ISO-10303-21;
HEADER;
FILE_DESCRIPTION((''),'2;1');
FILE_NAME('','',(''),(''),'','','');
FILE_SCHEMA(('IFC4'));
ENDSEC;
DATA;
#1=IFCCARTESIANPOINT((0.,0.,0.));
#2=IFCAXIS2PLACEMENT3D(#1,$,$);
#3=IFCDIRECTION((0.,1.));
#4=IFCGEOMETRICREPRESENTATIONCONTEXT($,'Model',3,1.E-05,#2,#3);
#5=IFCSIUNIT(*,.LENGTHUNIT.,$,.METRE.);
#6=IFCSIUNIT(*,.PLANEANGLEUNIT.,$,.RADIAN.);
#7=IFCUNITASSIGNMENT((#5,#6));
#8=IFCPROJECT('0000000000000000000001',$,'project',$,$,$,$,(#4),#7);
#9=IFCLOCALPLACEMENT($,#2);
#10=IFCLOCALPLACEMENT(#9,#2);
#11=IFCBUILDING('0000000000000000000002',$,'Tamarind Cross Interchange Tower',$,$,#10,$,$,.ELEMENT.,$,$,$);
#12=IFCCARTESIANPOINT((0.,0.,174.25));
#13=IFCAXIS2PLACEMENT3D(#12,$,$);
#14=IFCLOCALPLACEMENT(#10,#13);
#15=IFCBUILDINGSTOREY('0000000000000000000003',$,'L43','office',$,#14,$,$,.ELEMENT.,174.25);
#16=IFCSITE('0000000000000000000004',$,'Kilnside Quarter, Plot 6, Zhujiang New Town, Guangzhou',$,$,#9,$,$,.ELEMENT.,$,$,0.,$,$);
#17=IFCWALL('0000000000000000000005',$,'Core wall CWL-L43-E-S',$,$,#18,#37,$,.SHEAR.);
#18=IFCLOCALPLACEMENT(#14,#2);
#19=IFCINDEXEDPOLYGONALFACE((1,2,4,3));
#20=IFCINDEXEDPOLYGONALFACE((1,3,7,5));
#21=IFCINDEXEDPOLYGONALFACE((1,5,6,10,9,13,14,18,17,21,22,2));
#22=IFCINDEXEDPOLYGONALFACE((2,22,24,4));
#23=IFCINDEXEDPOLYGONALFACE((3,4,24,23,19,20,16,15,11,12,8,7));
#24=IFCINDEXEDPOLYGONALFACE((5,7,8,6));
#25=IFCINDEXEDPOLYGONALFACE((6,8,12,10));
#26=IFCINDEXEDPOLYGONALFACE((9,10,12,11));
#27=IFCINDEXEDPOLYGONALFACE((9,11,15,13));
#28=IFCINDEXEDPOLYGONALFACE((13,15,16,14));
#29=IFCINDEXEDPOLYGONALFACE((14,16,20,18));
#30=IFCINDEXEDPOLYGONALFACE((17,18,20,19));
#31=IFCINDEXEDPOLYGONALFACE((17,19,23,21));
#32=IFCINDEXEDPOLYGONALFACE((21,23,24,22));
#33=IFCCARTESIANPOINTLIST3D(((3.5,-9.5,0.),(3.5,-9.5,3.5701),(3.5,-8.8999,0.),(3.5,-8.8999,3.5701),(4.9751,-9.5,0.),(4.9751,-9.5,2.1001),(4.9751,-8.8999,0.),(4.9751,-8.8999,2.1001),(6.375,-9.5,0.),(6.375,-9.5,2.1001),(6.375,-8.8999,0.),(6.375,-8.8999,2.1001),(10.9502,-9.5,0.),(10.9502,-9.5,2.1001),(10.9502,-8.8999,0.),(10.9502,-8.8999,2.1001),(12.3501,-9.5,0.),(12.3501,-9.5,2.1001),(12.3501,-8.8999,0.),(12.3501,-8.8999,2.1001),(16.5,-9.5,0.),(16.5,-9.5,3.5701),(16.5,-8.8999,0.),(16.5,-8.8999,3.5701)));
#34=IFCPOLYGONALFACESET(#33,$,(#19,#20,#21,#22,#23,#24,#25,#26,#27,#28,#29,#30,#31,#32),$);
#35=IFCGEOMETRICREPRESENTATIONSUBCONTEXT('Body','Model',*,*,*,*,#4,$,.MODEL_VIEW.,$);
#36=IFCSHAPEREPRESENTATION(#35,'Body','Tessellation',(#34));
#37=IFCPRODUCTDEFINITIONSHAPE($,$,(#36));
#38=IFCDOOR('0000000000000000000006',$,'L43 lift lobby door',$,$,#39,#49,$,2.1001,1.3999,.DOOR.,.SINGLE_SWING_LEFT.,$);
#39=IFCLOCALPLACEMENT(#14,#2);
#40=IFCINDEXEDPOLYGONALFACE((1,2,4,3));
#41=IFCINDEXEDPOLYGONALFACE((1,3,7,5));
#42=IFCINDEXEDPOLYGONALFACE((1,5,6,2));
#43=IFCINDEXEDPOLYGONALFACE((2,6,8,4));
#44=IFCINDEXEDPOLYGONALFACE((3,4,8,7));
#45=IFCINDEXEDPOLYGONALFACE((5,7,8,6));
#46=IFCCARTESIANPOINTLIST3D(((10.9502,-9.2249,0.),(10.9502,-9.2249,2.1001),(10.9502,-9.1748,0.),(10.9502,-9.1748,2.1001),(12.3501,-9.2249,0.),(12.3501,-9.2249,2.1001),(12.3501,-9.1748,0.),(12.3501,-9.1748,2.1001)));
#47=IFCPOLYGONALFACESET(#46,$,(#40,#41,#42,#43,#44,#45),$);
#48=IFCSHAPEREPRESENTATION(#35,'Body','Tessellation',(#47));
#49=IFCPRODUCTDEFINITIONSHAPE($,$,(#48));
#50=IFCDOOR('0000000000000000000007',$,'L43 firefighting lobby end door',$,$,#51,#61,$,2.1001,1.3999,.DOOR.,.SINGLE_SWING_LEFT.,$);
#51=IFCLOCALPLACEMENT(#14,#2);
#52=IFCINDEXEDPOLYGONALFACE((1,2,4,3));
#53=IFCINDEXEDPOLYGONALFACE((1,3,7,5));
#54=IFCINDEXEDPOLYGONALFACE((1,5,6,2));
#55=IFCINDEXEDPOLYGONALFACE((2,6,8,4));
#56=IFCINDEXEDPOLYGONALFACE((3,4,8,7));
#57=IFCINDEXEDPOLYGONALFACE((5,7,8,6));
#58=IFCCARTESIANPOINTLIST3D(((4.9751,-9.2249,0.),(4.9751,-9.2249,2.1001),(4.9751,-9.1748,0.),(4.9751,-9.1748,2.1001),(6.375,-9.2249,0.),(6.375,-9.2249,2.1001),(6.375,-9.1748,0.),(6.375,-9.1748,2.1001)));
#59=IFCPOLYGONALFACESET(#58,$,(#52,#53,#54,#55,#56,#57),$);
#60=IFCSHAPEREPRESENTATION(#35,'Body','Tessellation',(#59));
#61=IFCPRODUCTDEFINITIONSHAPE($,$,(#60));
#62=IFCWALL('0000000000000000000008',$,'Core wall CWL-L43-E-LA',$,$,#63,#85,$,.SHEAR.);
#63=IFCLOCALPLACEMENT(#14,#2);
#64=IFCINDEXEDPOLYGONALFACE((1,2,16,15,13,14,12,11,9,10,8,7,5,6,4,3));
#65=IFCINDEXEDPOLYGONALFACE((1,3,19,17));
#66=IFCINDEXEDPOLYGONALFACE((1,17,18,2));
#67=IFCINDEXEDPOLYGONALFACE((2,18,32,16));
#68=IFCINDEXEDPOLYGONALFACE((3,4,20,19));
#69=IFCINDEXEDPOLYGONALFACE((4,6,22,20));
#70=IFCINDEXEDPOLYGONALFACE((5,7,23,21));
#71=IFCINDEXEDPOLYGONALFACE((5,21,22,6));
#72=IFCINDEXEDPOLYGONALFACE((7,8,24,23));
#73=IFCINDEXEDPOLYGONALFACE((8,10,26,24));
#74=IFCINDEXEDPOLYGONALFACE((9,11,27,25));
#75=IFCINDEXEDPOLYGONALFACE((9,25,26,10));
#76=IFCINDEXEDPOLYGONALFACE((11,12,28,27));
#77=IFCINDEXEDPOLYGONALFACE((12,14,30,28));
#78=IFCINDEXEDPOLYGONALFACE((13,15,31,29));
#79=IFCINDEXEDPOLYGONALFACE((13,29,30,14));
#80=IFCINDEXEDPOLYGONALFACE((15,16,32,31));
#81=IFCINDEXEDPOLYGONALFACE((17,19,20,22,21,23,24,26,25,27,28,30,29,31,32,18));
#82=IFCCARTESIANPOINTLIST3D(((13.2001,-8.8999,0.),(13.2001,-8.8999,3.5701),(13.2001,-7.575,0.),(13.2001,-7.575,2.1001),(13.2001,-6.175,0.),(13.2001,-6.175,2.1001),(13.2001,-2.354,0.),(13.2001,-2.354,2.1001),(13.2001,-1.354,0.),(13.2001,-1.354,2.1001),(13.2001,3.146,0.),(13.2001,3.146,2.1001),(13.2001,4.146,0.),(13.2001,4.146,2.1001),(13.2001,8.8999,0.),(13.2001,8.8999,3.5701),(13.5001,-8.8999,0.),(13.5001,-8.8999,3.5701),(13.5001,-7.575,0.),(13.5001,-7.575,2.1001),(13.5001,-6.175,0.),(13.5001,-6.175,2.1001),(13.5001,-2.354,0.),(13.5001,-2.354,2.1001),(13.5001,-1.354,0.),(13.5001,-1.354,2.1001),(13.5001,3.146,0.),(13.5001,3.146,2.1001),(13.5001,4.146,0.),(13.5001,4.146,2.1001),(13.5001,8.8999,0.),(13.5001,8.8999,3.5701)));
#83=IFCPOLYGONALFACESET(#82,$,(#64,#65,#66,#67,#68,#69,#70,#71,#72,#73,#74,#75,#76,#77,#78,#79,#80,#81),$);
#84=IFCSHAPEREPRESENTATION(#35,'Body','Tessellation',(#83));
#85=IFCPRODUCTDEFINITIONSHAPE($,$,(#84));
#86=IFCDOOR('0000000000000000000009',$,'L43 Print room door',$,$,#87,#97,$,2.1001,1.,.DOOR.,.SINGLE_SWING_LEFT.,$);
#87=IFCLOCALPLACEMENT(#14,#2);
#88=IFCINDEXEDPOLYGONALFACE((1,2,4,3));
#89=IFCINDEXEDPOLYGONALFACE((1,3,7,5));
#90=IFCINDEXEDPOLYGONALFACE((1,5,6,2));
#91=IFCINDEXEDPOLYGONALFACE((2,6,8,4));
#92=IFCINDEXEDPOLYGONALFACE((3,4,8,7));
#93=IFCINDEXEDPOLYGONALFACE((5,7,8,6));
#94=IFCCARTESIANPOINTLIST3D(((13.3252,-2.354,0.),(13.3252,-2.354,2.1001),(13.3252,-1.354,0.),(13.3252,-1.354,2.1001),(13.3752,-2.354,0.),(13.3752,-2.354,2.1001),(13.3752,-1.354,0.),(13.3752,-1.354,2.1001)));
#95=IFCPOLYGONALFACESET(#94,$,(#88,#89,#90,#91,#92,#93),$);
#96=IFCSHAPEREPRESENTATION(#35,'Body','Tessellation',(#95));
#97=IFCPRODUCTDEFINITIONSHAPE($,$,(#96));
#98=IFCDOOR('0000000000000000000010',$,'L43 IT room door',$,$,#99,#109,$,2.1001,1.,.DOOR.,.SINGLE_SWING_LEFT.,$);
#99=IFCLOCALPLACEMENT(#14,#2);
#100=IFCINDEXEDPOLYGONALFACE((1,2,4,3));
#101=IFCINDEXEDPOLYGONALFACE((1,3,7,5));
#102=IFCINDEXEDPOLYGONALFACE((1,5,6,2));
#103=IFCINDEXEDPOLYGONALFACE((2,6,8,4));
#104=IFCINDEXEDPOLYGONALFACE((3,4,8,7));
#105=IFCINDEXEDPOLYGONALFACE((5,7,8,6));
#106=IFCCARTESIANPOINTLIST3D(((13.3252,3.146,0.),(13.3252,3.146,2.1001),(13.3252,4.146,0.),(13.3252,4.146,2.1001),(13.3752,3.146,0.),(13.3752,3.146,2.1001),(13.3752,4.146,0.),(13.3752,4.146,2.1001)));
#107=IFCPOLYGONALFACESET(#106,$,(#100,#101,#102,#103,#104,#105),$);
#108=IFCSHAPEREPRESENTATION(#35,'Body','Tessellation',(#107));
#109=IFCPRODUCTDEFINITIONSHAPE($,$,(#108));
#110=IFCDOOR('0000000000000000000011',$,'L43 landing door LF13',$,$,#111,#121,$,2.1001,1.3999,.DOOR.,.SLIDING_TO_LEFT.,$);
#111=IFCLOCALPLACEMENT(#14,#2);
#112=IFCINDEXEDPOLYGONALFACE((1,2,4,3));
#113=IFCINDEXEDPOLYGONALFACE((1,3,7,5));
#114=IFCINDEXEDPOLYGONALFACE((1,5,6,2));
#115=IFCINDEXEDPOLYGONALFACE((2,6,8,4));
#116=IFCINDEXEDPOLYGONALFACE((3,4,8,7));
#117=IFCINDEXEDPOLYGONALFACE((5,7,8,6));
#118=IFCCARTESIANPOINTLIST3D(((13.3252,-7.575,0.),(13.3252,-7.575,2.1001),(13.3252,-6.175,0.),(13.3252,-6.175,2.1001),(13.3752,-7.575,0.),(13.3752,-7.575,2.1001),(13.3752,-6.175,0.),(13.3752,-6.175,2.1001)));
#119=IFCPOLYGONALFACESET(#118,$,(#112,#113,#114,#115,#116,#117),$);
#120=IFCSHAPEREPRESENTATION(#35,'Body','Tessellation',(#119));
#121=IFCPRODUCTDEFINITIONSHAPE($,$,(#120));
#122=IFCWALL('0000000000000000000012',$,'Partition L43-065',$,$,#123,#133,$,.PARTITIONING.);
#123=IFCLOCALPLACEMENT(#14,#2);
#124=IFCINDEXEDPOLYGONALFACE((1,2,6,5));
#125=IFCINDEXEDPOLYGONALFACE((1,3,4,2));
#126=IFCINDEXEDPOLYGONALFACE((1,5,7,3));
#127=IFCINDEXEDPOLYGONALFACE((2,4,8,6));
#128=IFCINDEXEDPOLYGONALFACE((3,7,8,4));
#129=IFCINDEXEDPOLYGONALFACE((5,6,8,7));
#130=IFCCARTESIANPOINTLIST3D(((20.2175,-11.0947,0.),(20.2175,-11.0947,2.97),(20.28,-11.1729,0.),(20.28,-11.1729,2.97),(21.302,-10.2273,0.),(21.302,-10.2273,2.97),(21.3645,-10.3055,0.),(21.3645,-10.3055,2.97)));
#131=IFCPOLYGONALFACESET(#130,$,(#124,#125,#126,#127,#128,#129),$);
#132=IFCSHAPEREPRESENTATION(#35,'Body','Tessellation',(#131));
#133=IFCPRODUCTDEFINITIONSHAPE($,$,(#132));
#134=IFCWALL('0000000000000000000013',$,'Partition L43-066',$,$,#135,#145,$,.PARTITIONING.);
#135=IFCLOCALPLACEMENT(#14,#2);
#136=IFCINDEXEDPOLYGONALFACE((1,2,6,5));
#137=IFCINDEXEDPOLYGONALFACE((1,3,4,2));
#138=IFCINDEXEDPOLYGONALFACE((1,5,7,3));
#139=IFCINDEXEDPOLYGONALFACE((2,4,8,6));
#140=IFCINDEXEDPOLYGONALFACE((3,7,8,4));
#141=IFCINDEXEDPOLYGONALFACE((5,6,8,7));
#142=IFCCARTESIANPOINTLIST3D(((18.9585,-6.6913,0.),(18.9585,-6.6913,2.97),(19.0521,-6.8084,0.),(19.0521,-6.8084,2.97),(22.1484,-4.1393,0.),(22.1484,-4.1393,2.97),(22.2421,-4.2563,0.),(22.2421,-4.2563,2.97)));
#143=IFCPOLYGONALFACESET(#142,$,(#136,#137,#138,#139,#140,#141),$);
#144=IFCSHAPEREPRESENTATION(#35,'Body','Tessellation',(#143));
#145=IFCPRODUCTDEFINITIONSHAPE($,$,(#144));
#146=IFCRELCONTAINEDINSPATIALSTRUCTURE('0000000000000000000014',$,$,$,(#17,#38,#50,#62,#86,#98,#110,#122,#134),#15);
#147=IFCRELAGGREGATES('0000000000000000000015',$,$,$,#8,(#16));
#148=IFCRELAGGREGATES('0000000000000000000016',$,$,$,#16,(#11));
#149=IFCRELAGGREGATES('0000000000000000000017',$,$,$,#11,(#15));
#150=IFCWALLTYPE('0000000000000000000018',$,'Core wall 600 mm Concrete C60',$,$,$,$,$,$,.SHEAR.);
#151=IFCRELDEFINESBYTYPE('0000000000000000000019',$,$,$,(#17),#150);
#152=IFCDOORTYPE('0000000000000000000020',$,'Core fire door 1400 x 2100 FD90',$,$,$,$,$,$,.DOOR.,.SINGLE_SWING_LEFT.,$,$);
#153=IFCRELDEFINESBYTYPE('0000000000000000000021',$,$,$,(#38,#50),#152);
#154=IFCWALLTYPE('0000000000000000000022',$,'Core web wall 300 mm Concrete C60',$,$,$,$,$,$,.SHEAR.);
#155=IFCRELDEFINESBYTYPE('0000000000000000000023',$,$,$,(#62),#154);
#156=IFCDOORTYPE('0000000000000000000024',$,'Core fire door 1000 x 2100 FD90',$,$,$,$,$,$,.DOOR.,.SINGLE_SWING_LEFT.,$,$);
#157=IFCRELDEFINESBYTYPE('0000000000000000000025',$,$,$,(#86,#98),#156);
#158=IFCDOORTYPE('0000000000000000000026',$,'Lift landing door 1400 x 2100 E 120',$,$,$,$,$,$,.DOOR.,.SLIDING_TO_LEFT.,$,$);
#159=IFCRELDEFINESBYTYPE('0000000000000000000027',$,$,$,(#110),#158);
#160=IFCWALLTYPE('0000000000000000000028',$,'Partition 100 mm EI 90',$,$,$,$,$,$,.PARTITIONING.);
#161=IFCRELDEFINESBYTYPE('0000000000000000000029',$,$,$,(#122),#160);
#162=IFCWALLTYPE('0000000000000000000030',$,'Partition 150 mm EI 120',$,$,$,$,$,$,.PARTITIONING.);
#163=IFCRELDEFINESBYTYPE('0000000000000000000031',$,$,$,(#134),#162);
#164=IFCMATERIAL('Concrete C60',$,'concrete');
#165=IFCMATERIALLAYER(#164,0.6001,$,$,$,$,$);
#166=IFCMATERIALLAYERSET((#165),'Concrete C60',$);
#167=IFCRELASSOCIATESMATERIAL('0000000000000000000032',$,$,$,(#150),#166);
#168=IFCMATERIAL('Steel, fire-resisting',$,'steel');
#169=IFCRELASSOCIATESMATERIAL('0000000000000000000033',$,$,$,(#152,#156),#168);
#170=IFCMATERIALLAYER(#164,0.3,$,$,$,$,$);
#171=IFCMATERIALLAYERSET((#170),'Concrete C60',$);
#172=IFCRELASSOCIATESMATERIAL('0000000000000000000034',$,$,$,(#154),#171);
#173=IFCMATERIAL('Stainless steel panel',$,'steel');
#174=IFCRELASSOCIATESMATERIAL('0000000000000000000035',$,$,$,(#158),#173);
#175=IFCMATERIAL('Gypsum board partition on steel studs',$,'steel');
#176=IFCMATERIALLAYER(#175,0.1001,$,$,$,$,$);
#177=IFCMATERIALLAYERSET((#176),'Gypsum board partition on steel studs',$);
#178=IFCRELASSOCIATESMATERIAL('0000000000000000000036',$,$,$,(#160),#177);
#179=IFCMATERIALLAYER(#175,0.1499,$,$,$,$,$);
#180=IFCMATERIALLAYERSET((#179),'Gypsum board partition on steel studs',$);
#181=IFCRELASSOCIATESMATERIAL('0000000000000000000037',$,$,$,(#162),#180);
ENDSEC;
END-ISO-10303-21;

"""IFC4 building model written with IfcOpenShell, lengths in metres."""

from ifc_helpers import new_model, si_unit, direction, frame, frame_2d, origin, place, context, subcontext, project, spatial, rectangle, extrude, material, layer, layer_set, type_object, element, fill, save


model = new_model("IFC4")

# Units and contexts
model_context = context("Model", 3, precision=1e-05, world=origin(), true_north=direction((0.0, 1.0)))
body_context = subcontext(model_context, "Body", "Model", "MODEL_VIEW")
ifc_project = project(units=[si_unit("LENGTHUNIT", "METRE"), si_unit("PLANEANGLEUNIT", "RADIAN")], contexts=[model_context])

# Site, building, storey
site_placement = place(None, origin())
site = spatial("IfcSite", under=ifc_project, at=site_placement, Name="Kilnside Quarter, Plot 6, Zhujiang New Town, Guangzhou", CompositionType="ELEMENT", RefElevation=0.0)
building_placement = place(site_placement, origin())
building = spatial("IfcBuilding", under=site, at=building_placement, Name="Tamarind Cross Interchange Tower", CompositionType="ELEMENT")
storey_placement = place(building_placement, frame((0.0, 0.0, 174.25)))
storey = spatial("IfcBuildingStorey", under=building, at=storey_placement, Name="L43", Description="office", CompositionType="ELEMENT", Elevation=174.25)

# Shared definitions
ifc_material_1 = material(Name="Concrete C60", Category="concrete")

# Walls, openings, doors
ifc_layer_1 = layer(ifc_material_1, 0.6001)
ifc_layer_set_1 = layer_set([ifc_layer_1], Name="Concrete C60")
wall_type_1 = type_object("IfcWallType", Name="Core wall 600 mm Concrete C60", PredefinedType="SHEAR", material=ifc_layer_set_1)
wall_1_placement = place(storey_placement, frame((16.5, -9.2, 0.0), z_axis=(0.0, 0.0, 1.0), x_axis=(-1.0, 0.0, 0.0)))
wall_1 = element("IfcWall", 1, at=wall_1_placement, inside=storey, type_object=wall_type_1, Name="Core wall CWL-L43-E-S", PredefinedType="SHEAR", context=body_context, shape_type="SweptSolid", body=[
    extrude(rectangle(XDim=13.0, YDim=0.6001, at=frame_2d((6.5, 0.0))), origin(), (0.0, 0.0, 1.0), 3.5701),
])
opening_1_placement = place(wall_1_placement, frame((4.1499, 0.0, 0.0)))
opening_1 = element("IfcOpeningElement", 2, at=opening_1_placement, cuts=wall_1, PredefinedType="OPENING", context=body_context, shape_type="SweptSolid", body=[
    extrude(rectangle(XDim=1.3999, YDim=2.1001, at=frame_2d((0.7, 1.05))), frame((0.0, 0.3101, 0.0), z_axis=(0.0, -1.0, 0.0), x_axis=(1.0, 0.0, 0.0)), (0.0, 0.0, 1.0), 0.6201),
])
opening_2_placement = place(wall_1_placement, frame((10.125, 0.0, 0.0)))
opening_2 = element("IfcOpeningElement", 3, at=opening_2_placement, cuts=wall_1, PredefinedType="OPENING", context=body_context, shape_type="SweptSolid", body=[
    extrude(rectangle(XDim=1.3999, YDim=2.1001, at=frame_2d((0.7, 1.05))), frame((0.0, 0.3101, 0.0), z_axis=(0.0, -1.0, 0.0), x_axis=(1.0, 0.0, 0.0)), (0.0, 0.0, 1.0), 0.6201),
])
ifc_material_2 = material(Name="Steel, fire-resisting", Category="steel")
door_type_1 = type_object("IfcDoorType", Name="Core fire door 1400 x 2100 FD90", OperationType="SINGLE_SWING_LEFT", PredefinedType="DOOR", material=ifc_material_2)
door_1_placement = place(opening_1_placement, origin())
door_1 = element("IfcDoor", 4, at=door_1_placement, inside=storey, type_object=door_type_1, Name="L43 lift lobby door", OperationType="SINGLE_SWING_LEFT", OverallHeight=2.1001, OverallWidth=1.3999, PredefinedType="DOOR", context=body_context, shape_type="SweptSolid", body=[
    extrude(rectangle(XDim=1.3999, YDim=2.1001, at=frame_2d((0.7, 1.05))), frame((0.0, 0.0249, 0.0), z_axis=(0.0, -1.0, 0.0), x_axis=(1.0, 0.0, 0.0)), (0.0, 0.0, 1.0), 0.05),
])
fill(opening_1, door_1)
door_2_placement = place(opening_2_placement, origin())
door_2 = element("IfcDoor", 5, at=door_2_placement, inside=storey, type_object=door_type_1, Name="L43 firefighting lobby end door", OperationType="SINGLE_SWING_LEFT", OverallHeight=2.1001, OverallWidth=1.3999, PredefinedType="DOOR", context=body_context, shape_type="SweptSolid", body=[
    extrude(rectangle(XDim=1.3999, YDim=2.1001, at=frame_2d((0.7, 1.05))), frame((0.0, 0.0249, 0.0), z_axis=(0.0, -1.0, 0.0), x_axis=(1.0, 0.0, 0.0)), (0.0, 0.0, 1.0), 0.05),
])
fill(opening_2, door_2)
ifc_layer_2 = layer(ifc_material_1, 0.3)
ifc_layer_set_2 = layer_set([ifc_layer_2], Name="Concrete C60")
wall_type_2 = type_object("IfcWallType", Name="Core web wall 300 mm Concrete C60", PredefinedType="SHEAR", material=ifc_layer_set_2)
wall_2_placement = place(storey_placement, frame((13.3501, -8.8999, 0.0), z_axis=(0.0, 0.0, 1.0), x_axis=(0.0, 1.0, 0.0)))
wall_2 = element("IfcWall", 6, at=wall_2_placement, inside=storey, type_object=wall_type_2, Name="Core wall CWL-L43-E-LA", PredefinedType="SHEAR", context=body_context, shape_type="SweptSolid", body=[
    extrude(rectangle(XDim=17.7998, YDim=0.3, at=frame_2d((8.8999, 0.0))), origin(), (0.0, 0.0, 1.0), 3.5701),
])
opening_3_placement = place(wall_2_placement, frame((1.325, 0.0, 0.0)))
opening_3 = element("IfcOpeningElement", 7, at=opening_3_placement, cuts=wall_2, PredefinedType="OPENING", context=body_context, shape_type="SweptSolid", body=[
    extrude(rectangle(XDim=1.3999, YDim=2.1001, at=frame_2d((0.7, 1.05))), frame((0.0, 0.1599, 0.0), z_axis=(0.0, -1.0, 0.0), x_axis=(1.0, 0.0, 0.0)), (0.0, 0.0, 1.0), 0.3201),
])
opening_4_placement = place(wall_2_placement, frame((6.5459, 0.0, 0.0)))
opening_4 = element("IfcOpeningElement", 8, at=opening_4_placement, cuts=wall_2, PredefinedType="OPENING", context=body_context, shape_type="SweptSolid", body=[
    extrude(rectangle(XDim=1.0, YDim=2.1001, at=frame_2d((0.5, 1.05))), frame((0.0, 0.1599, 0.0), z_axis=(0.0, -1.0, 0.0), x_axis=(1.0, 0.0, 0.0)), (0.0, 0.0, 1.0), 0.3201),
])
opening_5_placement = place(wall_2_placement, frame((12.0459, 0.0, 0.0)))
opening_5 = element("IfcOpeningElement", 9, at=opening_5_placement, cuts=wall_2, PredefinedType="OPENING", context=body_context, shape_type="SweptSolid", body=[
    extrude(rectangle(XDim=1.0, YDim=2.1001, at=frame_2d((0.5, 1.05))), frame((0.0, 0.1599, 0.0), z_axis=(0.0, -1.0, 0.0), x_axis=(1.0, 0.0, 0.0)), (0.0, 0.0, 1.0), 0.3201),
])
door_type_2 = type_object("IfcDoorType", Name="Core fire door 1000 x 2100 FD90", OperationType="SINGLE_SWING_LEFT", PredefinedType="DOOR", material=ifc_material_2)
door_3_placement = place(opening_4_placement, origin())
door_3 = element("IfcDoor", 10, at=door_3_placement, inside=storey, type_object=door_type_2, Name="L43 Print room door", OperationType="SINGLE_SWING_LEFT", OverallHeight=2.1001, OverallWidth=1.0, PredefinedType="DOOR", context=body_context, shape_type="SweptSolid", body=[
    extrude(rectangle(XDim=1.0, YDim=2.1001, at=frame_2d((0.5, 1.05))), frame((0.0, 0.0249, 0.0), z_axis=(0.0, -1.0, 0.0), x_axis=(1.0, 0.0, 0.0)), (0.0, 0.0, 1.0), 0.05),
])
fill(opening_4, door_3)
door_4_placement = place(opening_5_placement, origin())
door_4 = element("IfcDoor", 11, at=door_4_placement, inside=storey, type_object=door_type_2, Name="L43 IT room door", OperationType="SINGLE_SWING_LEFT", OverallHeight=2.1001, OverallWidth=1.0, PredefinedType="DOOR", context=body_context, shape_type="SweptSolid", body=[
    extrude(rectangle(XDim=1.0, YDim=2.1001, at=frame_2d((0.5, 1.05))), frame((0.0, 0.0249, 0.0), z_axis=(0.0, -1.0, 0.0), x_axis=(1.0, 0.0, 0.0)), (0.0, 0.0, 1.0), 0.05),
])
fill(opening_5, door_4)
ifc_material_3 = material(Name="Stainless steel panel", Category="steel")
door_type_3 = type_object("IfcDoorType", Name="Lift landing door 1400 x 2100 E 120", OperationType="SLIDING_TO_LEFT", PredefinedType="DOOR", material=ifc_material_3)
door_5_placement = place(opening_3_placement, origin())
door_5 = element("IfcDoor", 12, at=door_5_placement, inside=storey, type_object=door_type_3, Name="L43 landing door LF13", OperationType="SLIDING_TO_LEFT", OverallHeight=2.1001, OverallWidth=1.3999, PredefinedType="DOOR", context=body_context, shape_type="SweptSolid", body=[
    extrude(rectangle(XDim=1.3999, YDim=2.1001, at=frame_2d((0.7, 1.05))), frame((0.0, 0.0249, 0.0), z_axis=(0.0, -1.0, 0.0), x_axis=(1.0, 0.0, 0.0)), (0.0, 0.0, 1.0), 0.05),
])
fill(opening_3, door_5)

# Walls
ifc_material_4 = material(Name="Gypsum board partition on steel studs", Category="steel")
ifc_layer_3 = layer(ifc_material_4, 0.1001)
ifc_layer_set_3 = layer_set([ifc_layer_3], Name="Gypsum board partition on steel studs")
wall_type_3 = type_object("IfcWallType", Name="Partition 100 mm EI 90", PredefinedType="PARTITIONING", material=ifc_layer_set_3)
wall_3_placement = place(storey_placement, frame((20.2488, -11.1338, 0.0), z_axis=(0.0, 0.0, 1.0), x_axis=(0.78092, 0.624631, 0.0)))
element("IfcWall", 13, at=wall_3_placement, inside=storey, type_object=wall_type_3, Name="Partition L43-065", PredefinedType="PARTITIONING", context=body_context, shape_type="SweptSolid", body=[
    extrude(rectangle(XDim=1.3887, YDim=0.1001, at=frame_2d((0.6943, 0.0))), origin(), (0.0, 0.0, 1.0), 2.97),
])
ifc_layer_4 = layer(ifc_material_4, 0.1499)
ifc_layer_set_4 = layer_set([ifc_layer_4], Name="Gypsum board partition on steel studs")
wall_type_4 = type_object("IfcWallType", Name="Partition 150 mm EI 120", PredefinedType="PARTITIONING", material=ifc_layer_set_4)
wall_4_placement = place(storey_placement, frame((19.0054, -6.7498, 0.0), z_axis=(0.0, 0.0, 1.0), x_axis=(0.780863, 0.624702, 0.0)))
element("IfcWall", 14, at=wall_4_placement, inside=storey, type_object=wall_type_4, Name="Partition L43-066", PredefinedType="PARTITIONING", context=body_context, shape_type="SweptSolid", body=[
    extrude(rectangle(XDim=4.0852, YDim=0.1499, at=frame_2d((2.0425, 0.0))), origin(), (0.0, 0.0, 1.0), 2.97),
])

save(model, "model.ifc")
